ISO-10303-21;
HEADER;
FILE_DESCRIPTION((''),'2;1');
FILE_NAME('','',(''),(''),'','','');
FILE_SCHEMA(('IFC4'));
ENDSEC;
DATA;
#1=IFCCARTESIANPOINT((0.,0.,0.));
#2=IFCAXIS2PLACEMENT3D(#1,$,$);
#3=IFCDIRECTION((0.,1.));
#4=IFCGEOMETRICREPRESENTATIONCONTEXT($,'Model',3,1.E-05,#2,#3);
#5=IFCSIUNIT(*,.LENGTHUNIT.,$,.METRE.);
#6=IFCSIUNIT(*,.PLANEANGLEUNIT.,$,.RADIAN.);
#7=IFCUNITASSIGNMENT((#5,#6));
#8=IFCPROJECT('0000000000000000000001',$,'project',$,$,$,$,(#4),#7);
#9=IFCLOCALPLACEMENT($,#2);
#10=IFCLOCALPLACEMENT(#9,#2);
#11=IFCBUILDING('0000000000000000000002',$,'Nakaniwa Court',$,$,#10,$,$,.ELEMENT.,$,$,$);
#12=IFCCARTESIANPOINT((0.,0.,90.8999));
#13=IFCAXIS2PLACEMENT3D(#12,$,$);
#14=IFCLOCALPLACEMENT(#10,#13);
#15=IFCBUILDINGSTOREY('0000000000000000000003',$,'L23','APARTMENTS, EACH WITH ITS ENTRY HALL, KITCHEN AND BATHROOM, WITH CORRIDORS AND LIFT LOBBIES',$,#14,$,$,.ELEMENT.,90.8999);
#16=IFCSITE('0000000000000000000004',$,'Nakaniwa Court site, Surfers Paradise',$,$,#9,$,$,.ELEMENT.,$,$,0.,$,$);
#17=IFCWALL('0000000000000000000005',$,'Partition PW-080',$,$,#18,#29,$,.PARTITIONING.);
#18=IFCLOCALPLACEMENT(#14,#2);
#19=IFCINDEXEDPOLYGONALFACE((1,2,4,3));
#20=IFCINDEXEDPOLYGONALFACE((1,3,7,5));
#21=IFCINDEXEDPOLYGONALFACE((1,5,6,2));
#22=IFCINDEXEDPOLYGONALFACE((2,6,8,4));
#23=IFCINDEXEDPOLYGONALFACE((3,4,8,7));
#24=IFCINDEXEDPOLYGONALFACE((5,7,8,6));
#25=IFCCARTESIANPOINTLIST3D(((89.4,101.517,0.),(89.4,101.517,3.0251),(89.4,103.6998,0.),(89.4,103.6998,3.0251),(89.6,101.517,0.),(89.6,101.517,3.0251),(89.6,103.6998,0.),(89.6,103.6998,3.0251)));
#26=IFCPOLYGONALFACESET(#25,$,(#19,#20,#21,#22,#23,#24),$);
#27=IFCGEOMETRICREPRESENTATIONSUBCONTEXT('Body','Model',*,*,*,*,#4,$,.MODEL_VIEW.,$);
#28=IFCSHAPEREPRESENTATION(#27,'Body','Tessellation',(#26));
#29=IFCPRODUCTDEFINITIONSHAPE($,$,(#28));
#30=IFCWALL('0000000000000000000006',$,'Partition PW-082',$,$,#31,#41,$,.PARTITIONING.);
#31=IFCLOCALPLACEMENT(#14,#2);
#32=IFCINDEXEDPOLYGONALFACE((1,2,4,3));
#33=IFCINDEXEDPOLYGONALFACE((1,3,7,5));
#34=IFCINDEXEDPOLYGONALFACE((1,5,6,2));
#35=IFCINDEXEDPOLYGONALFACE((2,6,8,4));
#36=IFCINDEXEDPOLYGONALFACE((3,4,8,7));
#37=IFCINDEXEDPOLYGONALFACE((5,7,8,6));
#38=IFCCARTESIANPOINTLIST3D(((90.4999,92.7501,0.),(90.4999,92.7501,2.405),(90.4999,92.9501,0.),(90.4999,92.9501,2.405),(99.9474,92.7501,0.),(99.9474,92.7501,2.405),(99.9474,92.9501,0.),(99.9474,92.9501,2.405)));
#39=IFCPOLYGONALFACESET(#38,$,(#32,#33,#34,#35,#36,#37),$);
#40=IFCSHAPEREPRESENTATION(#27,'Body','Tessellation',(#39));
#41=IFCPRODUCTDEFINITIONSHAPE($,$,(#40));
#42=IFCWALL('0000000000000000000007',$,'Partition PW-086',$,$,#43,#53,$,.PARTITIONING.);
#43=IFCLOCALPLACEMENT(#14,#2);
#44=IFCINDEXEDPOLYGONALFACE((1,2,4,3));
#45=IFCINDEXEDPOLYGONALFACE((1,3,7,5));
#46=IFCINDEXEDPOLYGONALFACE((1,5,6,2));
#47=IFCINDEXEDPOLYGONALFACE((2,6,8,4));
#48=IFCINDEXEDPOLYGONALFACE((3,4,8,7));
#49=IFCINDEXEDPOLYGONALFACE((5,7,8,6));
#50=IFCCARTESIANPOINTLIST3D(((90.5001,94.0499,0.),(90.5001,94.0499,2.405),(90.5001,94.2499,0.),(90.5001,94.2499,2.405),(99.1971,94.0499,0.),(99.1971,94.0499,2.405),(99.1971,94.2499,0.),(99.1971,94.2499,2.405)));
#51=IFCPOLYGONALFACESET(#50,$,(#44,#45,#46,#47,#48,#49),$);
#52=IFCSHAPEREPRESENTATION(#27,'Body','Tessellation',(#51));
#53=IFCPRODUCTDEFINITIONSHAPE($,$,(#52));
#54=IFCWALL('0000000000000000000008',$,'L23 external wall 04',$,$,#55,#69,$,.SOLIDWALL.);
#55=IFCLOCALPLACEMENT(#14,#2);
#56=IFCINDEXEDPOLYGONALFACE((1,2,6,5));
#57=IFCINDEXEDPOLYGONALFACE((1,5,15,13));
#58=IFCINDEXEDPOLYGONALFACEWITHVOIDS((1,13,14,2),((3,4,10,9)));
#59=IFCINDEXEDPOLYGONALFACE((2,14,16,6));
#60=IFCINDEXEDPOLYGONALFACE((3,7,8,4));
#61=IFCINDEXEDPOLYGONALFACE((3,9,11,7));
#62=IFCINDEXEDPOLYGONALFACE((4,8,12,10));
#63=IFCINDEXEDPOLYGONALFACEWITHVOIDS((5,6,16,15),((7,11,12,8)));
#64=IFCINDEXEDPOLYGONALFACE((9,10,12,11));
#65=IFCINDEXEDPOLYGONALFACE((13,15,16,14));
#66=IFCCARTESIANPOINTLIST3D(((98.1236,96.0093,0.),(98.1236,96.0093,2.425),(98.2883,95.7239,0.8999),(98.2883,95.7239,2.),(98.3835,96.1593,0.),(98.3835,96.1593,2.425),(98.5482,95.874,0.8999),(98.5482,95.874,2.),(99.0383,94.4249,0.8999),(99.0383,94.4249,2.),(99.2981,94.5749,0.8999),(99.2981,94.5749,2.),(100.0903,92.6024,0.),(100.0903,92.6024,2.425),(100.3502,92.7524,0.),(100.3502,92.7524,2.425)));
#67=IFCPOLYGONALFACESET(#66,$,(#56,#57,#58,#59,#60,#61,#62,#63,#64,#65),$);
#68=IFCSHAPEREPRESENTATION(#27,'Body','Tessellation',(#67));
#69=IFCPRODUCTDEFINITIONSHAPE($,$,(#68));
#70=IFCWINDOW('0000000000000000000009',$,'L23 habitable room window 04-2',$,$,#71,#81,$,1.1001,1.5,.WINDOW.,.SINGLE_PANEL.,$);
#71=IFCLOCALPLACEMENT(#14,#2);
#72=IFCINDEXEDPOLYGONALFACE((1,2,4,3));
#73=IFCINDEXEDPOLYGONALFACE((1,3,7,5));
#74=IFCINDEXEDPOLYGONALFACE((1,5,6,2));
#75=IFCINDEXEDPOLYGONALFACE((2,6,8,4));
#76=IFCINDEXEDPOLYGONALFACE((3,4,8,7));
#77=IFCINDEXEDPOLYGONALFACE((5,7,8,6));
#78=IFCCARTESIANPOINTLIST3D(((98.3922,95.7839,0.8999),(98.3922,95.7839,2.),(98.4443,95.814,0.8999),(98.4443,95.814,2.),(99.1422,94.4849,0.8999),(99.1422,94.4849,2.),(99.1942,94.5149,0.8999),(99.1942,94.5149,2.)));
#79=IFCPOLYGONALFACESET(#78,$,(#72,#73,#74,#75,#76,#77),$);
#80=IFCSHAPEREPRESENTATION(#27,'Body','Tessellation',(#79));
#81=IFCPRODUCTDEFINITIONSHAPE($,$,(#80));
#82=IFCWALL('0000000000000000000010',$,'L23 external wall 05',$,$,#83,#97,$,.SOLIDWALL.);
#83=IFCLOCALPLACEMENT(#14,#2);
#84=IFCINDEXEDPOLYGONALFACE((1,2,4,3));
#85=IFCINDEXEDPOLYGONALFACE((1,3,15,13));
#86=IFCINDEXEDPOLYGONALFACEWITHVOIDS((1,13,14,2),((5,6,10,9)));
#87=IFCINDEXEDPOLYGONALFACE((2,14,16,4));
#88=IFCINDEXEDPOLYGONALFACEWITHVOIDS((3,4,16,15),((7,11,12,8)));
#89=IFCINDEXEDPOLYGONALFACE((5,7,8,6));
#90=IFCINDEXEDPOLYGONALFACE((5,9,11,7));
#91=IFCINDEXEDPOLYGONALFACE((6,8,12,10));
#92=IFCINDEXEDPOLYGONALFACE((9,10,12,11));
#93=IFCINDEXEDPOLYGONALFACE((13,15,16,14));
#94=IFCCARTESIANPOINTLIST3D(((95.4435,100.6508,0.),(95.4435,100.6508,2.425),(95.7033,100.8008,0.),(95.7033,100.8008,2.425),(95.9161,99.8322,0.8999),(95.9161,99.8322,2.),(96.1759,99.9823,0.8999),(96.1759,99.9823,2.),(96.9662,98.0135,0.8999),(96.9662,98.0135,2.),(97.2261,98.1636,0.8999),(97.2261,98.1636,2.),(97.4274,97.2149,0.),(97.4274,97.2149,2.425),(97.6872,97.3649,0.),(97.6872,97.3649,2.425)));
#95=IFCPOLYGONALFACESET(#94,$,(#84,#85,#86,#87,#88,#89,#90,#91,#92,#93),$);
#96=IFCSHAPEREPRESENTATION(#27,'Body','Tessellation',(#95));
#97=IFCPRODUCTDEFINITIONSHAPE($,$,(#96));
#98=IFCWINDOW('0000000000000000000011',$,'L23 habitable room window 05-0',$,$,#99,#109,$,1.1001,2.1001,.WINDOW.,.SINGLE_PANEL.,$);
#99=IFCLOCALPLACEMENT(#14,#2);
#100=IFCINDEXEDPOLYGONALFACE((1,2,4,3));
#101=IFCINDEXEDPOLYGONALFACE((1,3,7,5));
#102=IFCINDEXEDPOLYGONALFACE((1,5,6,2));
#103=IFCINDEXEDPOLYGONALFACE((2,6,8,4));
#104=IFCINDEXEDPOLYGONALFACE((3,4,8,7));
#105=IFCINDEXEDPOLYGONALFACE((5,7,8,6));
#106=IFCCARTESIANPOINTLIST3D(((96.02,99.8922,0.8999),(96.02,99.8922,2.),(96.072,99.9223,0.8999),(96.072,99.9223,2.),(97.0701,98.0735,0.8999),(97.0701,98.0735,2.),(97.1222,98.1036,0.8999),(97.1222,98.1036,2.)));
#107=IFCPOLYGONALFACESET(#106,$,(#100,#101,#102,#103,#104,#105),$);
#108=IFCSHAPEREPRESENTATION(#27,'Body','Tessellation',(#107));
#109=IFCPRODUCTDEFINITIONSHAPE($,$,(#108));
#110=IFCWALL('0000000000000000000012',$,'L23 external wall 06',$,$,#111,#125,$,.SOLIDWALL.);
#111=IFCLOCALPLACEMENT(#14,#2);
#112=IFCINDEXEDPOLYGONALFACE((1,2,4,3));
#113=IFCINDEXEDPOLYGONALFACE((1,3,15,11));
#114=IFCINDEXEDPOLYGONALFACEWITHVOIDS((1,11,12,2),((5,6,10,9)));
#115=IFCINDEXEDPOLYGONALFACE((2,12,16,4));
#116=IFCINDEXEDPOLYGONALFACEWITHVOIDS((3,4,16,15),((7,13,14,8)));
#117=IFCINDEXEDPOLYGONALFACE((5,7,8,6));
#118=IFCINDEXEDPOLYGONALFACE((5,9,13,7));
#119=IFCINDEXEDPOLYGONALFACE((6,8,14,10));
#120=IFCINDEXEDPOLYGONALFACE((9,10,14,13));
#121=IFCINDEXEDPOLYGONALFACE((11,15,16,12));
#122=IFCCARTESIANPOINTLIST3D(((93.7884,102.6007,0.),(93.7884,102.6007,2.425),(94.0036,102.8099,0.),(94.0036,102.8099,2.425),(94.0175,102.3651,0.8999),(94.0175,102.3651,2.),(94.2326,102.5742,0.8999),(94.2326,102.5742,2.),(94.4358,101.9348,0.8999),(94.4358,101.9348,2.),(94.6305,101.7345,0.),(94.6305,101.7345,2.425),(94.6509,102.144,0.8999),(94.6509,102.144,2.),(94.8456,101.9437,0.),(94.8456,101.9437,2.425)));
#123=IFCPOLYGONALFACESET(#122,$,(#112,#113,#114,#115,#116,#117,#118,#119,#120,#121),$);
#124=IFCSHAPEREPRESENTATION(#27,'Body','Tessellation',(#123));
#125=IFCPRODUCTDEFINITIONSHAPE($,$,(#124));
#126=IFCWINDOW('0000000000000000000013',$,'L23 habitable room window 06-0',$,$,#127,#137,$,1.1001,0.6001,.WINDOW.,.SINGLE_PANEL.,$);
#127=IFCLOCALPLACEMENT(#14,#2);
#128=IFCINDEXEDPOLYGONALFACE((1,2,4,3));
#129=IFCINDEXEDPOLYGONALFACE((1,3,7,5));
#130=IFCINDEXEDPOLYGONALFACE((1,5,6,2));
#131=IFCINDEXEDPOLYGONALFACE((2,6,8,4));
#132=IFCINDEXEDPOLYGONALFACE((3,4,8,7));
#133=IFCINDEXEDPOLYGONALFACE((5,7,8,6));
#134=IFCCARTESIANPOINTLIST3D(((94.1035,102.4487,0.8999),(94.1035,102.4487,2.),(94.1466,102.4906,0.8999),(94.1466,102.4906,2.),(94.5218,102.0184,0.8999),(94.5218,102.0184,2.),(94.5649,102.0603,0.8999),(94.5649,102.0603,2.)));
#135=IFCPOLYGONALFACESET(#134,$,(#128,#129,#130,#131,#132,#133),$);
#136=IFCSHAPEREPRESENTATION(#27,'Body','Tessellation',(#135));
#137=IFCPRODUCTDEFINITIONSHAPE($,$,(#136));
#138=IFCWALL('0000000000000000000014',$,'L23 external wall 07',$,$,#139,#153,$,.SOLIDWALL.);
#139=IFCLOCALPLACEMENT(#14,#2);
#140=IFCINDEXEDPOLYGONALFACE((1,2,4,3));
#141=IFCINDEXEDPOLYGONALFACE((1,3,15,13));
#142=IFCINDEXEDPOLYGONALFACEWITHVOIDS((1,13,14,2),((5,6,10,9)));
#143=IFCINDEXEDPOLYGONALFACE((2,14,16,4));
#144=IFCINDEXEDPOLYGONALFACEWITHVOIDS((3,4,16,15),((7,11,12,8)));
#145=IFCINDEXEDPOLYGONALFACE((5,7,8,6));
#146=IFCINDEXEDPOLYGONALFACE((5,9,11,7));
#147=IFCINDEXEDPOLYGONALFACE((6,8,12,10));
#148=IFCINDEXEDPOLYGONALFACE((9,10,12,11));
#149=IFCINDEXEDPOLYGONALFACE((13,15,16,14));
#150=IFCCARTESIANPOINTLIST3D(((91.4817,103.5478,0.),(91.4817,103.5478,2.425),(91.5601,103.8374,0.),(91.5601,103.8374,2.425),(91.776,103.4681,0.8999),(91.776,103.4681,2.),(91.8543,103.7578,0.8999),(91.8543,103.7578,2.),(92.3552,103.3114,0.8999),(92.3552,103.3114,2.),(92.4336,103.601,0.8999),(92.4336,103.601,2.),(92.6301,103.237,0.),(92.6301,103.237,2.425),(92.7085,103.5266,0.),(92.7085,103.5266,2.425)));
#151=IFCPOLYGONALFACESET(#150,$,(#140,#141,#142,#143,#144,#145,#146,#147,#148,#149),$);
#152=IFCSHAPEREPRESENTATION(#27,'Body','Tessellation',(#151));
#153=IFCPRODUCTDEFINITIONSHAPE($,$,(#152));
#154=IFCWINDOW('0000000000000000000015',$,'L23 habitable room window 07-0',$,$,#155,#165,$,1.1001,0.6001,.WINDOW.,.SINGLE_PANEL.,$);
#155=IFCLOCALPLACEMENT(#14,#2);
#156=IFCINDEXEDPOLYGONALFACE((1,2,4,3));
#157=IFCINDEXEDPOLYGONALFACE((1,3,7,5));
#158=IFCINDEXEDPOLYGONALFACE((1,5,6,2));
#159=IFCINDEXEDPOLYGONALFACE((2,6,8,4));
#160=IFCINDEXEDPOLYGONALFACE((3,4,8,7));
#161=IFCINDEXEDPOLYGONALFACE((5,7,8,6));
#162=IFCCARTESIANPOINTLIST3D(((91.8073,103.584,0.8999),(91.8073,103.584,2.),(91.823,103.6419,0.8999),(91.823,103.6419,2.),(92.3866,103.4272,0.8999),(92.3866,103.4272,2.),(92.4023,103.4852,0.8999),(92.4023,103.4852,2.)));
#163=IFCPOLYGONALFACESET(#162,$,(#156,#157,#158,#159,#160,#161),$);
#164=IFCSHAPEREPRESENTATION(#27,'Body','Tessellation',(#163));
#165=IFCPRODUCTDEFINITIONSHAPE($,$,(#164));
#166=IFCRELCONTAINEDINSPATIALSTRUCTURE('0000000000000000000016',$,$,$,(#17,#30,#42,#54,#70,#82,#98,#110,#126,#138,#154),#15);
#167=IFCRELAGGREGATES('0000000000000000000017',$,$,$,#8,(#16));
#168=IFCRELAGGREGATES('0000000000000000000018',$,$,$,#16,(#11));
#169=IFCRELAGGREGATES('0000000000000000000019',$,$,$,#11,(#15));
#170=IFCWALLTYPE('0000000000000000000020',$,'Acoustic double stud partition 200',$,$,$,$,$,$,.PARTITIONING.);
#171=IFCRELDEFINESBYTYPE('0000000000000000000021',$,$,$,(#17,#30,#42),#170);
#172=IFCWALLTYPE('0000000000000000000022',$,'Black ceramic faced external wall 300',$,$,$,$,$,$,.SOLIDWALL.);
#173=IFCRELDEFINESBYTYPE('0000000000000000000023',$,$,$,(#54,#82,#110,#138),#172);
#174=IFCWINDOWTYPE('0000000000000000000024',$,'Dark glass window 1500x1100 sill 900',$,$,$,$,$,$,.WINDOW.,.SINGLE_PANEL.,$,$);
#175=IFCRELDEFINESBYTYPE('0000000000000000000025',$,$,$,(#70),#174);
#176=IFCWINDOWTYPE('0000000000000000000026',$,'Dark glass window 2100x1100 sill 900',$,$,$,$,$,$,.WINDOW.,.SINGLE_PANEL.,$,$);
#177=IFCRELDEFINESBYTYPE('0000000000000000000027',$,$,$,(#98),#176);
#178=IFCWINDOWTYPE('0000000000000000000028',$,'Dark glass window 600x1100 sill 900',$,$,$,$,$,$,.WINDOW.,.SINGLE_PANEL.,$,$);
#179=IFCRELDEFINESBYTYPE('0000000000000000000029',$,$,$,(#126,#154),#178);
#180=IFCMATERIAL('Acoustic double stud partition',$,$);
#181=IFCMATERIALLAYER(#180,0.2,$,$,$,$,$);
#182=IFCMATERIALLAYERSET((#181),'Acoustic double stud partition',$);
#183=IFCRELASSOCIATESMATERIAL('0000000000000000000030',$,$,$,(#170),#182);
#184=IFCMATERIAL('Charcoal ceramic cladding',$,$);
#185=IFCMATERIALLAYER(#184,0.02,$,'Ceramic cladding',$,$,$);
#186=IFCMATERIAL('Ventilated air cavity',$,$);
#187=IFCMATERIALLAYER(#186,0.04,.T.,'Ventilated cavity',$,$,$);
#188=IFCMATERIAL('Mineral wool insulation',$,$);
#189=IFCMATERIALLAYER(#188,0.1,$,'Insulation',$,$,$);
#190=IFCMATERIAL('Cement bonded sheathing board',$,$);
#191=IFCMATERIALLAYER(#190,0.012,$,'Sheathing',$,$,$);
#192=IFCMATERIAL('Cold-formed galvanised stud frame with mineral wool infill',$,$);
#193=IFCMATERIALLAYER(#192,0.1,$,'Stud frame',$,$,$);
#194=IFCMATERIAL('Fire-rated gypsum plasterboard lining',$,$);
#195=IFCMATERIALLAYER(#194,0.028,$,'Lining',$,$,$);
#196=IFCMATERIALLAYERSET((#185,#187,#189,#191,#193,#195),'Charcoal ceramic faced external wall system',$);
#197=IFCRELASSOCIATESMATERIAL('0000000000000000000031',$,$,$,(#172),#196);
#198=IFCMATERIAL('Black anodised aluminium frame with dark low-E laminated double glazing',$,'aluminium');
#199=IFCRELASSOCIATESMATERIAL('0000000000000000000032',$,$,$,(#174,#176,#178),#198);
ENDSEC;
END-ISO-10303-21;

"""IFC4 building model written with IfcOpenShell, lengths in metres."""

from ifc_helpers import new_model, si_unit, direction, frame, frame_2d, origin, place, context, subcontext, project, spatial, rectangle, extrude, material, layer, layer_set, type_object, element, fill, save


model = new_model("IFC4")

# Units and contexts
model_context = context("Model", 3, precision=1e-05, world=origin(), true_north=direction((0.0, 1.0)))
body_context = subcontext(model_context, "Body", "Model", "MODEL_VIEW")
ifc_project = project(units=[si_unit("LENGTHUNIT", "METRE"), si_unit("PLANEANGLEUNIT", "RADIAN")], contexts=[model_context])

# Site, building, storey
site_placement = place(None, origin())
site = spatial("IfcSite", under=ifc_project, at=site_placement, Name="Nakaniwa Court site, Surfers Paradise", CompositionType="ELEMENT", RefElevation=0.0)
building_placement = place(site_placement, origin())
building = spatial("IfcBuilding", under=site, at=building_placement, Name="Nakaniwa Court", CompositionType="ELEMENT")
storey_placement = place(building_placement, frame((0.0, 0.0, 90.8999)))
storey = spatial("IfcBuildingStorey", under=building, at=storey_placement, Name="L23", Description="APARTMENTS, EACH WITH ITS ENTRY HALL, KITCHEN AND BATHROOM, WITH CORRIDORS AND LIFT LOBBIES", CompositionType="ELEMENT", Elevation=90.8999)

# Shared definitions
ifc_material_1 = material(Name="Acoustic double stud partition")
ifc_layer_1 = layer(ifc_material_1, 0.2)
ifc_layer_set_1 = layer_set([ifc_layer_1], Name="Acoustic double stud partition")
wall_type_1 = type_object("IfcWallType", Name="Acoustic double stud partition 200", PredefinedType="PARTITIONING", material=ifc_layer_set_1)

# Walls
wall_1_placement = place(storey_placement, frame((89.5, 101.5171, 0.0), z_axis=(0.0, 0.0, 1.0), x_axis=(0.0, 1.0, 0.0)))
element("IfcWall", 1, at=wall_1_placement, inside=storey, type_object=wall_type_1, Name="Partition PW-080", PredefinedType="PARTITIONING", context=body_context, shape_type="SweptSolid", body=[
    extrude(rectangle(XDim=2.1829, YDim=0.2, at=frame_2d((1.0913, 0.0))), origin(), (0.0, 0.0, 1.0), 3.0251),
])
wall_2_placement = place(storey_placement, frame((90.5, 92.8501, 0.0), z_axis=(0.0, 0.0, 1.0), x_axis=(1.0, 0.0, 0.0)))
element("IfcWall", 2, at=wall_2_placement, inside=storey, type_object=wall_type_1, Name="Partition PW-082", PredefinedType="PARTITIONING", context=body_context, shape_type="SweptSolid", body=[
    extrude(rectangle(XDim=9.4475, YDim=0.2, at=frame_2d((4.7236, 0.0))), origin(), (0.0, 0.0, 1.0), 2.405),
])
wall_3_placement = place(storey_placement, frame((90.5, 94.1499, 0.0), z_axis=(0.0, 0.0, 1.0), x_axis=(1.0, 0.0, 0.0)))
element("IfcWall", 3, at=wall_3_placement, inside=storey, type_object=wall_type_1, Name="Partition PW-086", PredefinedType="PARTITIONING", context=body_context, shape_type="SweptSolid", body=[
    extrude(rectangle(XDim=8.697, YDim=0.2, at=frame_2d((4.3486, 0.0))), origin(), (0.0, 0.0, 1.0), 2.405),
])

# Walls, openings, windows
ifc_material_2 = material(Name="Charcoal ceramic cladding")
ifc_layer_2 = layer(ifc_material_2, 0.02, Name="Ceramic cladding")
ifc_material_3 = material(Name="Ventilated air cavity")
ifc_layer_3 = layer(ifc_material_3, 0.04, ventilated=True, Name="Ventilated cavity")
ifc_material_4 = material(Name="Mineral wool insulation")
ifc_layer_4 = layer(ifc_material_4, 0.1, Name="Insulation")
ifc_material_5 = material(Name="Cement bonded sheathing board")
ifc_layer_5 = layer(ifc_material_5, 0.012, Name="Sheathing")
ifc_material_6 = material(Name="Cold-formed galvanised stud frame with mineral wool infill")
ifc_layer_6 = layer(ifc_material_6, 0.1, Name="Stud frame")
ifc_material_7 = material(Name="Fire-rated gypsum plasterboard lining")
ifc_layer_7 = layer(ifc_material_7, 0.028, Name="Lining")
ifc_layer_set_2 = layer_set([ifc_layer_2, ifc_layer_3, ifc_layer_4, ifc_layer_5, ifc_layer_6, ifc_layer_7], Name="Charcoal ceramic faced external wall system")
wall_type_2 = type_object("IfcWallType", Name="Black ceramic faced external wall 300", PredefinedType="SOLIDWALL", material=ifc_layer_set_2)
wall_4_placement = place(storey_placement, frame((100.2202, 92.6775, 0.0), z_axis=(0.0, 0.0, 1.0), x_axis=(-0.499957, 0.86605, 0.0)))
wall_4 = element("IfcWall", 4, at=wall_4_placement, inside=storey, type_object=wall_type_2, Name="L23 external wall 04", PredefinedType="SOLIDWALL", context=body_context, shape_type="SweptSolid", body=[
    extrude(rectangle(XDim=3.9338, YDim=0.3, at=frame_2d((1.9668, 0.0))), origin(), (0.0, 0.0, 1.0), 2.425),
])
opening_1_placement = place(wall_4_placement, frame((2.1042, 0.0, 0.8999)))
opening_1 = element("IfcOpeningElement", 5, at=opening_1_placement, cuts=wall_4, PredefinedType="OPENING", context=body_context, shape_type="SweptSolid", body=[
    extrude(rectangle(XDim=1.5, YDim=1.1001, at=frame_2d((0.75, 0.55))), frame((0.0, 0.1599, 0.0), z_axis=(0.0, -1.0, 0.0), x_axis=(1.0, 0.0, 0.0)), (0.0, 0.0, 1.0), 0.3201),
])
ifc_material_8 = material(Name="Black anodised aluminium frame with dark low-E laminated double glazing", Category="aluminium")
window_type_1 = type_object("IfcWindowType", Name="Dark glass window 1500x1100 sill 900", PartitioningType="SINGLE_PANEL", PredefinedType="WINDOW", material=ifc_material_8)
window_1_placement = place(opening_1_placement, origin())
window_1 = element("IfcWindow", 6, at=window_1_placement, inside=storey, type_object=window_type_1, Name="L23 habitable room window 04-2", OverallHeight=1.1001, OverallWidth=1.5, PartitioningType="SINGLE_PANEL", PredefinedType="WINDOW", context=body_context, shape_type="SweptSolid", body=[
    extrude(rectangle(XDim=1.5, YDim=1.1001, at=frame_2d((0.75, 0.55))), frame((0.0, 0.03, 0.0), z_axis=(0.0, -1.0, 0.0), x_axis=(1.0, 0.0, 0.0)), (0.0, 0.0, 1.0), 0.0601),
])
fill(opening_1, window_1)
wall_5_placement = place(storey_placement, frame((97.5574, 97.2898, 0.0), z_axis=(0.0, 0.0, 1.0), x_axis=(-0.500044, 0.866, 0.0)))
wall_5 = element("IfcWall", 7, at=wall_5_placement, inside=storey, type_object=wall_type_2, Name="L23 external wall 05", PredefinedType="SOLIDWALL", context=body_context, shape_type="SweptSolid", body=[
    extrude(rectangle(XDim=3.9675, YDim=0.3, at=frame_2d((1.9839, 0.0))), origin(), (0.0, 0.0, 1.0), 2.425),
])
opening_2_placement = place(wall_5_placement, frame((0.9224, 0.0, 0.8999)))
opening_2 = element("IfcOpeningElement", 8, at=opening_2_placement, cuts=wall_5, PredefinedType="OPENING", context=body_context, shape_type="SweptSolid", body=[
    extrude(rectangle(XDim=2.1001, YDim=1.1001, at=frame_2d((1.05, 0.55))), frame((0.0, 0.1599, 0.0), z_axis=(0.0, -1.0, 0.0), x_axis=(1.0, 0.0, 0.0)), (0.0, 0.0, 1.0), 0.3201),
])
window_type_2 = type_object("IfcWindowType", Name="Dark glass window 2100x1100 sill 900", PartitioningType="SINGLE_PANEL", PredefinedType="WINDOW", material=ifc_material_8)
window_2_placement = place(opening_2_placement, origin())
window_2 = element("IfcWindow", 9, at=window_2_placement, inside=storey, type_object=window_type_2, Name="L23 habitable room window 05-0", OverallHeight=1.1001, OverallWidth=2.1001, PartitioningType="SINGLE_PANEL", PredefinedType="WINDOW", context=body_context, shape_type="SweptSolid", body=[
    extrude(rectangle(XDim=2.1001, YDim=1.1001, at=frame_2d((1.05, 0.55))), frame((0.0, 0.03, 0.0), z_axis=(0.0, -1.0, 0.0), x_axis=(1.0, 0.0, 0.0)), (0.0, 0.0, 1.0), 0.0601),
])
fill(opening_2, window_2)
wall_6_placement = place(storey_placement, frame((94.738, 101.8391, 0.0), z_axis=(0.0, 0.0, 1.0), x_axis=(-0.697032, 0.71704, 0.0)))
wall_6 = element("IfcWall", 10, at=wall_6_placement, inside=storey, type_object=wall_type_2, Name="L23 external wall 06", PredefinedType="SOLIDWALL", context=body_context, shape_type="SweptSolid", body=[
    extrude(rectangle(XDim=1.208, YDim=0.3, at=frame_2d((0.604, 0.0))), origin(), (0.0, 0.0, 1.0), 2.425),
])
opening_3_placement = place(wall_6_placement, frame((0.2793, 0.0, 0.8999)))
opening_3 = element("IfcOpeningElement", 11, at=opening_3_placement, cuts=wall_6, PredefinedType="OPENING", context=body_context, shape_type="SweptSolid", body=[
    extrude(rectangle(XDim=0.6001, YDim=1.1001, at=frame_2d((0.3, 0.55))), frame((0.0, 0.1599, 0.0), z_axis=(0.0, -1.0, 0.0), x_axis=(1.0, 0.0, 0.0)), (0.0, 0.0, 1.0), 0.3201),
])
window_type_3 = type_object("IfcWindowType", Name="Dark glass window 600x1100 sill 900", PartitioningType="SINGLE_PANEL", PredefinedType="WINDOW", material=ifc_material_8)
window_3_placement = place(opening_3_placement, origin())
window_3 = element("IfcWindow", 12, at=window_3_placement, inside=storey, type_object=window_type_3, Name="L23 habitable room window 06-0", OverallHeight=1.1001, OverallWidth=0.6001, PartitioningType="SINGLE_PANEL", PredefinedType="WINDOW", context=body_context, shape_type="SweptSolid", body=[
    extrude(rectangle(XDim=0.6001, YDim=1.1001, at=frame_2d((0.3, 0.55))), frame((0.0, 0.03, 0.0), z_axis=(0.0, -1.0, 0.0), x_axis=(1.0, 0.0, 0.0)), (0.0, 0.0, 1.0), 0.0601),
])
fill(opening_3, window_3)
wall_7_placement = place(storey_placement, frame((92.6692, 103.3818, 0.0), z_axis=(0.0, 0.0, 1.0), x_axis=(-0.965278, 0.261224, 0.0)))
wall_7 = element("IfcWall", 13, at=wall_7_placement, inside=storey, type_object=wall_type_2, Name="L23 external wall 07", PredefinedType="SOLIDWALL", context=body_context, shape_type="SweptSolid", body=[
    extrude(rectangle(XDim=1.1897, YDim=0.3, at=frame_2d((0.5947, 0.0))), origin(), (0.0, 0.0, 1.0), 2.425),
])
opening_4_placement = place(wall_7_placement, frame((0.2847, 0.0, 0.8999)))
opening_4 = element("IfcOpeningElement", 14, at=opening_4_placement, cuts=wall_7, PredefinedType="OPENING", context=body_context, shape_type="SweptSolid", body=[
    extrude(rectangle(XDim=0.6001, YDim=1.1001, at=frame_2d((0.3, 0.55))), frame((0.0, 0.1599, 0.0), z_axis=(0.0, -1.0, 0.0), x_axis=(1.0, 0.0, 0.0)), (0.0, 0.0, 1.0), 0.3201),
])
window_4_placement = place(opening_4_placement, origin())
window_4 = element("IfcWindow", 15, at=window_4_placement, inside=storey, type_object=window_type_3, Name="L23 habitable room window 07-0", OverallHeight=1.1001, OverallWidth=0.6001, PartitioningType="SINGLE_PANEL", PredefinedType="WINDOW", context=body_context, shape_type="SweptSolid", body=[
    extrude(rectangle(XDim=0.6001, YDim=1.1001, at=frame_2d((0.3, 0.55))), frame((0.0, 0.03, 0.0), z_axis=(0.0, -1.0, 0.0), x_axis=(1.0, 0.0, 0.0)), (0.0, 0.0, 1.0), 0.0601),
])
fill(opening_4, window_4)

save(model, "model.ifc")
